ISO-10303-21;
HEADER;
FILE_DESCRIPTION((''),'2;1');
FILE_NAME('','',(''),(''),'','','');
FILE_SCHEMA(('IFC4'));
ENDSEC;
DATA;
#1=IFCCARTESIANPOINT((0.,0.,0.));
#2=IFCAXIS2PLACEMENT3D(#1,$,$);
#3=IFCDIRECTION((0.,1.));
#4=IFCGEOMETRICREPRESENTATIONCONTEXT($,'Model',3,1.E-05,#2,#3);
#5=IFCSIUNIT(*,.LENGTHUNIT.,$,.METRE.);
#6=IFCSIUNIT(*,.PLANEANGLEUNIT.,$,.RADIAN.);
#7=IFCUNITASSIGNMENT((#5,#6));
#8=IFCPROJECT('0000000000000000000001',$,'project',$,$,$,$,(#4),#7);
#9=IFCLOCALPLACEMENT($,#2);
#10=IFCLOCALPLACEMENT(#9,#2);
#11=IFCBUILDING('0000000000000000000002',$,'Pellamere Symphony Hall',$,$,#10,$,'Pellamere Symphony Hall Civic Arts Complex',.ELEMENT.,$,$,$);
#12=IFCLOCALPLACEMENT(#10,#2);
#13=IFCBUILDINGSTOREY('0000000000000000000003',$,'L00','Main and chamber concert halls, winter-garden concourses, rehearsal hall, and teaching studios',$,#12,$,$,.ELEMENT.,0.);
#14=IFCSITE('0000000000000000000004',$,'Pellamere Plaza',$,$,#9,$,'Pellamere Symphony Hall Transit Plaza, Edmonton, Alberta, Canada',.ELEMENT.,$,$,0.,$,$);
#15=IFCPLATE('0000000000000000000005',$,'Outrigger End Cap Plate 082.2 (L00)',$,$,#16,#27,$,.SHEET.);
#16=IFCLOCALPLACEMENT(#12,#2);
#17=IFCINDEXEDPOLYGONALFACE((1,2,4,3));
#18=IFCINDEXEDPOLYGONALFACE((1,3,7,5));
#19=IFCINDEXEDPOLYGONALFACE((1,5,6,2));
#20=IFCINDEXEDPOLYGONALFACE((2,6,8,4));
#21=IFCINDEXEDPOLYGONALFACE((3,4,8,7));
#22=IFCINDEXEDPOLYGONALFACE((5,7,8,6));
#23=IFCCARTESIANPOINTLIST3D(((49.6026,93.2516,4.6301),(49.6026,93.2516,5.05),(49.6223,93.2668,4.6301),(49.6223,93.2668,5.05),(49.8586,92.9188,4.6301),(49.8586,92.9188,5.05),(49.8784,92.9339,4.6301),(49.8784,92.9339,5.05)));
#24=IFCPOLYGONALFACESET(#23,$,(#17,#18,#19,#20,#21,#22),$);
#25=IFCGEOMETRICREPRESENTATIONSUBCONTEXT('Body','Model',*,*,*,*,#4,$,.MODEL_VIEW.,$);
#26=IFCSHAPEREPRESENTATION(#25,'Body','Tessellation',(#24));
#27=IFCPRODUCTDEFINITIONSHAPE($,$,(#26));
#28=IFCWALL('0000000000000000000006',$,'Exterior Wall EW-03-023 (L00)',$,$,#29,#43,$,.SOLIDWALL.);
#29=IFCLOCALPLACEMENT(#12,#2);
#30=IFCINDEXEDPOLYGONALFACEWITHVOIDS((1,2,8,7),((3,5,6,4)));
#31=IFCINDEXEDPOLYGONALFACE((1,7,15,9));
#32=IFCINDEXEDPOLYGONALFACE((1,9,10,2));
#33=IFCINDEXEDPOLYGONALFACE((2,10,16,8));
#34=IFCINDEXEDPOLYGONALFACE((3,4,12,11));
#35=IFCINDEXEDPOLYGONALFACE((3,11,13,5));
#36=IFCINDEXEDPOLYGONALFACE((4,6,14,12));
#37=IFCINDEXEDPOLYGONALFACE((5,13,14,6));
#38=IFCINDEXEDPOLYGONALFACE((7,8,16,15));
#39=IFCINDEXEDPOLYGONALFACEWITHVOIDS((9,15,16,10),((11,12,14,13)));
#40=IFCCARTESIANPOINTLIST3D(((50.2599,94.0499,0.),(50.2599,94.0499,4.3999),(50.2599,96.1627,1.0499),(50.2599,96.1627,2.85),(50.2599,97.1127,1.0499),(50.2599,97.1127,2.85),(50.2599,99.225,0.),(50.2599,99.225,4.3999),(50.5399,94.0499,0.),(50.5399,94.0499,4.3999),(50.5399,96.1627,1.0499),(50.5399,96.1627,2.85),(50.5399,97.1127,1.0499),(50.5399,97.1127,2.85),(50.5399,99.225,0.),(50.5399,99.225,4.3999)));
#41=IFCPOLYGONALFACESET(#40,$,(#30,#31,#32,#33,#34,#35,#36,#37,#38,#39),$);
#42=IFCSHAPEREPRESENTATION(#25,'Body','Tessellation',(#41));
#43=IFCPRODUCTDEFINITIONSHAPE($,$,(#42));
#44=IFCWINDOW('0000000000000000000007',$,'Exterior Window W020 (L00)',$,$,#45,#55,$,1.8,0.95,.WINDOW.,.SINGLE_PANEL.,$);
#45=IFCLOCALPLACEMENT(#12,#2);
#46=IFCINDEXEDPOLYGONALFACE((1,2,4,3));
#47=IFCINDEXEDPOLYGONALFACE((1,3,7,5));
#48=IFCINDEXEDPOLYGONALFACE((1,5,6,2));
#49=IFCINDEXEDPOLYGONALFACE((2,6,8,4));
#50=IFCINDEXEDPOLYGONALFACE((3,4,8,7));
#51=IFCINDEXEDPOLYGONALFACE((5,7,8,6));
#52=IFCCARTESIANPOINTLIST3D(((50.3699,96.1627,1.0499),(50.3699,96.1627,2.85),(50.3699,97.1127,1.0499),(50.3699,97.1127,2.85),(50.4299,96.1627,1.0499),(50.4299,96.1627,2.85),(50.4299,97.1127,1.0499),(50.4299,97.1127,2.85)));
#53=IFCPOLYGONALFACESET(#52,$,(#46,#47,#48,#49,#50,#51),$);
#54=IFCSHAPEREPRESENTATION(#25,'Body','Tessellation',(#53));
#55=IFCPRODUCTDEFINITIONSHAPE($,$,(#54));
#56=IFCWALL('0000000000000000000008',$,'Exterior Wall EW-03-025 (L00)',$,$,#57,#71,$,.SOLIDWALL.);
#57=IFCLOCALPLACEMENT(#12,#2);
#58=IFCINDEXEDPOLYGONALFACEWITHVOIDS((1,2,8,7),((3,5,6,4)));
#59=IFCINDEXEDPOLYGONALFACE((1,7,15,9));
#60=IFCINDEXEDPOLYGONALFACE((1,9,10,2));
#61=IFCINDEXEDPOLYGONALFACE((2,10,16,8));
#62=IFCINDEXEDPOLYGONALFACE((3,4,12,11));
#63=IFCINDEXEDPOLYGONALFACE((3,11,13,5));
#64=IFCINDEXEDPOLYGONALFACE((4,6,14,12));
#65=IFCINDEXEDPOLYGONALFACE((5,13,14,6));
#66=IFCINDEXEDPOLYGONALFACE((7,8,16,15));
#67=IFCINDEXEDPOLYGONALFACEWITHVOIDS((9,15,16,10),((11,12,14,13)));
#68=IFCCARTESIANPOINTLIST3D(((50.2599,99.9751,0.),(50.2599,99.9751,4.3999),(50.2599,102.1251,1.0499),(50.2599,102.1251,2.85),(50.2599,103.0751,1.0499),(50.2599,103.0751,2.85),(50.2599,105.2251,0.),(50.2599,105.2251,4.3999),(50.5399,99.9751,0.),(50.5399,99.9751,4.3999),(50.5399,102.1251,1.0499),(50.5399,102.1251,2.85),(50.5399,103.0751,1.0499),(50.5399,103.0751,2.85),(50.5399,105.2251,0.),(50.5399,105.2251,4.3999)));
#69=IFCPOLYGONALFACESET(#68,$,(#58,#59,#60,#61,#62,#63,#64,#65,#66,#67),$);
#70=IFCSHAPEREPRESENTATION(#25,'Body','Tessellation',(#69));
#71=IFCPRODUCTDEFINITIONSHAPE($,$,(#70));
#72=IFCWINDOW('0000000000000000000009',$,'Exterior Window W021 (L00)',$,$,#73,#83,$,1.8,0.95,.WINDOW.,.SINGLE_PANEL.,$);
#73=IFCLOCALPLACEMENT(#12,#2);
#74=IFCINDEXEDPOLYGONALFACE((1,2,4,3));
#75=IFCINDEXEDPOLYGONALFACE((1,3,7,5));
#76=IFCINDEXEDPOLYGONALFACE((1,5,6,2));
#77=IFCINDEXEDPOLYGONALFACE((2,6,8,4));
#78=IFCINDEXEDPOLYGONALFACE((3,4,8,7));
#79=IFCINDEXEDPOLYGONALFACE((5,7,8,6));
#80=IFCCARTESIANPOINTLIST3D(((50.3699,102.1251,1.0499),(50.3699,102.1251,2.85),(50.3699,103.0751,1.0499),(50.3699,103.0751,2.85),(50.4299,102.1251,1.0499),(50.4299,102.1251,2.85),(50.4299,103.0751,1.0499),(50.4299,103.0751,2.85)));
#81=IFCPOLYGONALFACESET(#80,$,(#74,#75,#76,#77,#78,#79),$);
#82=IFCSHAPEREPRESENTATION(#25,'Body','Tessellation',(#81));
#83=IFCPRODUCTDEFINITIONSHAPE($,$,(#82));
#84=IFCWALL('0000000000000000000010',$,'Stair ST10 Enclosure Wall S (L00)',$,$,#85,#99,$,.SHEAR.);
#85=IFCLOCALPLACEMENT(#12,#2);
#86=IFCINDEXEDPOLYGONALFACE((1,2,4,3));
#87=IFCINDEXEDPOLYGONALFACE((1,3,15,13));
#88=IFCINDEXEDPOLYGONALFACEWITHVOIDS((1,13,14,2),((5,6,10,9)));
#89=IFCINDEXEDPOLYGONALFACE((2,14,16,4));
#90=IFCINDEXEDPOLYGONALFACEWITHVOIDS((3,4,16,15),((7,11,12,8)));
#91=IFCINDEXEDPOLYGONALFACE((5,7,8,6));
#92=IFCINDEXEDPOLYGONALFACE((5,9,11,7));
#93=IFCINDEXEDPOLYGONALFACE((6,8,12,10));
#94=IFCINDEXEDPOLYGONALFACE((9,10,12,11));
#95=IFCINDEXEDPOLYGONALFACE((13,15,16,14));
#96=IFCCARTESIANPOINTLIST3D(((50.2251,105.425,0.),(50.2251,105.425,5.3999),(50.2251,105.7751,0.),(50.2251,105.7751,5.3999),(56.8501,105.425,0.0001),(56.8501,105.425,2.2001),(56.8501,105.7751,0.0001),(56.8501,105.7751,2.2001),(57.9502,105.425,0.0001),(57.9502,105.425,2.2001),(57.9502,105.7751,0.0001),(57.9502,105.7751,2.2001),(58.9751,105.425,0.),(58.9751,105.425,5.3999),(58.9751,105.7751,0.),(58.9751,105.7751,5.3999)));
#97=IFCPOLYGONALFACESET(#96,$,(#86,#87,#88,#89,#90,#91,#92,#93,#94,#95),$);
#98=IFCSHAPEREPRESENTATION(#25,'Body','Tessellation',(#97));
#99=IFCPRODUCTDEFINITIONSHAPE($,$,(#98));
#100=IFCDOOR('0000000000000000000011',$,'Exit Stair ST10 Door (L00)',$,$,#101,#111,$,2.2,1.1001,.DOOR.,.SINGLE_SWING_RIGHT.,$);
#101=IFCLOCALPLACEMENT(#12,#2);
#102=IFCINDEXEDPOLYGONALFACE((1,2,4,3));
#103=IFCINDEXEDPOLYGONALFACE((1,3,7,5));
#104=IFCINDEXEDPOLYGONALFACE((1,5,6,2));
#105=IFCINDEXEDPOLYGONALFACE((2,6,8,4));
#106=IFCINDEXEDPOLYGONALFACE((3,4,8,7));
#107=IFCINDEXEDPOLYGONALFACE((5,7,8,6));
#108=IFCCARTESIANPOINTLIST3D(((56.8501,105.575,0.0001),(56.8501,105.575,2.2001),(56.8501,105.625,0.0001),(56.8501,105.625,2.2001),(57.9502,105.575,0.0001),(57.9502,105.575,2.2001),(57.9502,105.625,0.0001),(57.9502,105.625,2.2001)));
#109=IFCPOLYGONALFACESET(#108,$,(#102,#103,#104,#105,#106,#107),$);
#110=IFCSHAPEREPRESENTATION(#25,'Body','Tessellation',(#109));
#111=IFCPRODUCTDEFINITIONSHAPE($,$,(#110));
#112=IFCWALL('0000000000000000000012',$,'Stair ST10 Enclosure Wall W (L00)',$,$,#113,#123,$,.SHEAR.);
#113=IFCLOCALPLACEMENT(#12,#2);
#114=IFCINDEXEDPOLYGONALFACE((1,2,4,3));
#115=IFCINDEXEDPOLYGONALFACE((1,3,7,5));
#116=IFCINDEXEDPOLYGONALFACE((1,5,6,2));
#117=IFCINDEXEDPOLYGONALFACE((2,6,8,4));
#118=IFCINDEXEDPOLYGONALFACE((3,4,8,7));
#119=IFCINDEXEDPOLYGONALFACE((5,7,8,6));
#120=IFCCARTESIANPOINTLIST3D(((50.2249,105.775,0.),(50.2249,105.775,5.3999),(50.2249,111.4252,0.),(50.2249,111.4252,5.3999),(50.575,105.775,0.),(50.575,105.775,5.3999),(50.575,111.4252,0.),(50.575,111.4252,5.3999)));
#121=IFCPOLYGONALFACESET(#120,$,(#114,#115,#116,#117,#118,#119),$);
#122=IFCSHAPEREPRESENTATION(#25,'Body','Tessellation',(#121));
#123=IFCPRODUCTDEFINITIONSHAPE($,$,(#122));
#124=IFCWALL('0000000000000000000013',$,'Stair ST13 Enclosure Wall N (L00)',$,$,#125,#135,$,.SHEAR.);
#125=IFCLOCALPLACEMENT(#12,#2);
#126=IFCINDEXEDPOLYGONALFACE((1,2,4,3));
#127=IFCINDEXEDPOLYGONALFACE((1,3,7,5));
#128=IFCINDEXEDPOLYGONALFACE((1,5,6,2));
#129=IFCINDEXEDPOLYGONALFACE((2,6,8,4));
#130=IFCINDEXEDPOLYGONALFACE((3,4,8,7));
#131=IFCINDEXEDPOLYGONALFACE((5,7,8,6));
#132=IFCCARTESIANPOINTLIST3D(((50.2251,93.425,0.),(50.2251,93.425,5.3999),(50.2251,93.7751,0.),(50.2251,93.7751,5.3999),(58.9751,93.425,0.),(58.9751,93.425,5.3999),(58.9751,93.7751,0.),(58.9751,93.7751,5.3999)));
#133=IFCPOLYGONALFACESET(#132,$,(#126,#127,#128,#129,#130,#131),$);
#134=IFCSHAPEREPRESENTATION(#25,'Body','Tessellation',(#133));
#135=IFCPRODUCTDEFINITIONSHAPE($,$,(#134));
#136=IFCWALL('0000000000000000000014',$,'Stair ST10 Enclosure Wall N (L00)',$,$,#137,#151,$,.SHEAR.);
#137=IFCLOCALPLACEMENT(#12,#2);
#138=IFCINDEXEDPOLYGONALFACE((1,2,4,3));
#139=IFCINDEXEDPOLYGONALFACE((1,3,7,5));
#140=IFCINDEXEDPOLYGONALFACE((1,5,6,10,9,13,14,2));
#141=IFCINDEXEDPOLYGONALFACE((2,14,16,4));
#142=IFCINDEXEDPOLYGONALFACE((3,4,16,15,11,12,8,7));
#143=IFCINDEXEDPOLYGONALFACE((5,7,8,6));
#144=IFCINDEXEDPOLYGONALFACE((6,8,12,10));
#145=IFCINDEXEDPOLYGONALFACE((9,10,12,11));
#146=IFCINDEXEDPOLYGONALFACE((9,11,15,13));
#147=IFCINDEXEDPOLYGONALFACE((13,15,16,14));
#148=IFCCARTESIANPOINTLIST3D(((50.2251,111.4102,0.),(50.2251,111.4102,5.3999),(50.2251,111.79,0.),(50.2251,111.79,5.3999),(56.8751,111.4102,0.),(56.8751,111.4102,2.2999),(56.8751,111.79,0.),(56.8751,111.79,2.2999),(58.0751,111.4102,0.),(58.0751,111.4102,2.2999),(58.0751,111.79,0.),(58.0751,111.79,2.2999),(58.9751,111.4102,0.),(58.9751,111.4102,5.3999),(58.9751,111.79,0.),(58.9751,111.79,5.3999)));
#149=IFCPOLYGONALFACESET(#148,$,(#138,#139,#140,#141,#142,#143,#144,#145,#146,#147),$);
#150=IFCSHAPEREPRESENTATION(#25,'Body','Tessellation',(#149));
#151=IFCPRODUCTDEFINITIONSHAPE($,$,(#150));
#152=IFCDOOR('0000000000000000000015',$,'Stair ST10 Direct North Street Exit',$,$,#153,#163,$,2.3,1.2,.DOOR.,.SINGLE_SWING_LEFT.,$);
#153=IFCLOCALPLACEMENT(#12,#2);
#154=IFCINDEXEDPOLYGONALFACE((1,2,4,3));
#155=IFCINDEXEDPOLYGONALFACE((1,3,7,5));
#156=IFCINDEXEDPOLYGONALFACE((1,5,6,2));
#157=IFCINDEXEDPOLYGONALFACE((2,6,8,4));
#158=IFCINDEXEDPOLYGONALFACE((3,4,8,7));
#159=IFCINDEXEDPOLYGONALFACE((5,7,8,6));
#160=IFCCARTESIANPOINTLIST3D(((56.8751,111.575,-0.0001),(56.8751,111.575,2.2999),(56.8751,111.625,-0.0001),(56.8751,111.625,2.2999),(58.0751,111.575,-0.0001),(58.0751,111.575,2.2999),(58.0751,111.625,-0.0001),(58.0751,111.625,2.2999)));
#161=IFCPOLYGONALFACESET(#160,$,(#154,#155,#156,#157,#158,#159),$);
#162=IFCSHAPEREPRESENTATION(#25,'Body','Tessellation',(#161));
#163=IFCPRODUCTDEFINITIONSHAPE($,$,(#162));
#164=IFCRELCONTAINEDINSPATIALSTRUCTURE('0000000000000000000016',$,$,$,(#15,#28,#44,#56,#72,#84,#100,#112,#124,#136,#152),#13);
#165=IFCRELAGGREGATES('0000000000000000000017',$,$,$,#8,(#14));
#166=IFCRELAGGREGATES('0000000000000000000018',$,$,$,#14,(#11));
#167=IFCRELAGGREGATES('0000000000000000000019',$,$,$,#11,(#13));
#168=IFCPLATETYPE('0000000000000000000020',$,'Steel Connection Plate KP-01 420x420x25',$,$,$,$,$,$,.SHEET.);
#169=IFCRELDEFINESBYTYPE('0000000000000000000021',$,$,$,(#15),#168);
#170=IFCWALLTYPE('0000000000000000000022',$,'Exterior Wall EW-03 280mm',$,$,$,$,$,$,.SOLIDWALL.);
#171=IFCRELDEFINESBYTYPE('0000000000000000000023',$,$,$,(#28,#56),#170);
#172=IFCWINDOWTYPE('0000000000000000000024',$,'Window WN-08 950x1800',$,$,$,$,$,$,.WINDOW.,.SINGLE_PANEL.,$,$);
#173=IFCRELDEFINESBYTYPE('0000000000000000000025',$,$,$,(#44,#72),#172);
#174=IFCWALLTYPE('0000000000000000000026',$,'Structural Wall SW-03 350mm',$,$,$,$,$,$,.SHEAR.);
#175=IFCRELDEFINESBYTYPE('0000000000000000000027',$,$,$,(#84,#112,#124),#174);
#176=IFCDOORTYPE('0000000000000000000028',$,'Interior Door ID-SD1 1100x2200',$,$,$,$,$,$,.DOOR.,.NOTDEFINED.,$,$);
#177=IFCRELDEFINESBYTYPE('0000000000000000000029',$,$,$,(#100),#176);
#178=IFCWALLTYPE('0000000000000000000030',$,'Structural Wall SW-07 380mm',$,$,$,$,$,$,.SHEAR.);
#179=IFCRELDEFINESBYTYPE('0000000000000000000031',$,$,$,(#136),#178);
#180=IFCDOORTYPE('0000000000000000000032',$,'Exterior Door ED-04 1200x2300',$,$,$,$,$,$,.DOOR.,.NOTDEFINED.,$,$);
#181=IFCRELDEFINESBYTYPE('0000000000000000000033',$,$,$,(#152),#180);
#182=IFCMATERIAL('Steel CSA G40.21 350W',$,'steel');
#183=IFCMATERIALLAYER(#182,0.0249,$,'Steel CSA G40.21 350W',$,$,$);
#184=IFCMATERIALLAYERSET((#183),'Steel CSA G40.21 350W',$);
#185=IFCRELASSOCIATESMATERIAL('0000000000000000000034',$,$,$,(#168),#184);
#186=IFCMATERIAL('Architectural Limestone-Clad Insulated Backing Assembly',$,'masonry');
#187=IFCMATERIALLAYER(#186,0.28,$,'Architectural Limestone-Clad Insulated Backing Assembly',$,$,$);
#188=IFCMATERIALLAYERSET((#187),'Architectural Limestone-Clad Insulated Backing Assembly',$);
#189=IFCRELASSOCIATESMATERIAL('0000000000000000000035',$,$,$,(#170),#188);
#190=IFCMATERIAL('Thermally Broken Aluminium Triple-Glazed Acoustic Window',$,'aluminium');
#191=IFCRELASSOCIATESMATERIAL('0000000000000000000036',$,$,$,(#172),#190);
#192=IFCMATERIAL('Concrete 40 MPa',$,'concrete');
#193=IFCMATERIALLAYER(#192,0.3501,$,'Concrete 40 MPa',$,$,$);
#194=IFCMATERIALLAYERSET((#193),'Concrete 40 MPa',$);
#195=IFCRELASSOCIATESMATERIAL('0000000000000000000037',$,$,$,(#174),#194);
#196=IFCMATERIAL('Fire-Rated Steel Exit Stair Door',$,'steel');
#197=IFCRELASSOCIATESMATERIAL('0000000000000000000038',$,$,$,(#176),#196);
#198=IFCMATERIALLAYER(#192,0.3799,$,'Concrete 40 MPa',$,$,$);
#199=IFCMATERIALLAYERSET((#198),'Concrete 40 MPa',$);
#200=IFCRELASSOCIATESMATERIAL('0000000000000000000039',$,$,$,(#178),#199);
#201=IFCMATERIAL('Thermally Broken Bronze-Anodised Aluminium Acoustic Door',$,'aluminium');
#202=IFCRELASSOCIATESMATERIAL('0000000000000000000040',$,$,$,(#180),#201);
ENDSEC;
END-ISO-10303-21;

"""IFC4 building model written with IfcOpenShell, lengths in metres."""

from ifc_helpers import new_model, si_unit, direction, frame, frame_2d, origin, origin_2d, place, context, subcontext, project, spatial, rectangle, extrude, material, layer, layer_set, type_object, element, fill, save


model = new_model("IFC4")

# Units and contexts
model_context = context("Model", 3, precision=1e-05, world=origin(), true_north=direction((0.0, 1.0)))
body_context = subcontext(model_context, "Body", "Model", "MODEL_VIEW")
ifc_project = project(units=[si_unit("LENGTHUNIT", "METRE"), si_unit("PLANEANGLEUNIT", "RADIAN")], contexts=[model_context])

# Site, building, storey
site_placement = place(None, origin())
site = spatial("IfcSite", under=ifc_project, at=site_placement, Name="Pellamere Plaza", LongName="Pellamere Symphony Hall Transit Plaza, Edmonton, Alberta, Canada", CompositionType="ELEMENT", RefElevation=0.0)
building_placement = place(site_placement, origin())
building = spatial("IfcBuilding", under=site, at=building_placement, Name="Pellamere Symphony Hall", LongName="Pellamere Symphony Hall Civic Arts Complex", CompositionType="ELEMENT")
storey_placement = place(building_placement, origin())
storey = spatial("IfcBuildingStorey", under=building, at=storey_placement, Name="L00", Description="Main and chamber concert halls, winter-garden concourses, rehearsal hall, and teaching studios", CompositionType="ELEMENT", Elevation=0.0)

# Shared definitions
ifc_material_1 = material(Name="Concrete 40 MPa", Category="concrete")

# Shared definitions
ifc_material_2 = material(Name="Steel CSA G40.21 350W", Category="steel")

# Plate
ifc_layer_1 = layer(ifc_material_2, 0.0249, Name="Steel CSA G40.21 350W")
ifc_layer_set_1 = layer_set([ifc_layer_1], Name="Steel CSA G40.21 350W")
plate_type = type_object("IfcPlateType", Name="Steel Connection Plate KP-01 420x420x25", PredefinedType="SHEET", material=ifc_layer_set_1)
for number, where, z_axis, x_axis, name in (
    (1, (49.7405, 93.0928, 4.6301), (0.0, 0.0, 1.0), (-0.792609, -0.60973, 0.0), "Outrigger End Cap Plate 082.2 (L00)"),
):
    element("IfcPlate", number, at=place(storey_placement, frame(where, z_axis=z_axis, x_axis=x_axis)), inside=storey, type_object=plate_type, Name=name, PredefinedType="SHEET", context=body_context, shape_type="SweptSolid", body=[
        extrude(rectangle(XDim=0.0249, YDim=0.4199, at=origin_2d()), origin(), (0.0, 0.0, 1.0), 0.4199),
    ])

# Walls, openings, windows
ifc_material_3 = material(Name="Architectural Limestone-Clad Insulated Backing Assembly", Category="masonry")
ifc_layer_2 = layer(ifc_material_3, 0.28, Name="Architectural Limestone-Clad Insulated Backing Assembly")
ifc_layer_set_2 = layer_set([ifc_layer_2], Name="Architectural Limestone-Clad Insulated Backing Assembly")
wall_type_1 = type_object("IfcWallType", Name="Exterior Wall EW-03 280mm", PredefinedType="SOLIDWALL", material=ifc_layer_set_2)
wall_1_placement = place(storey_placement, frame((50.3999, 94.05, 0.0), z_axis=(0.0, 0.0, 1.0), x_axis=(0.0, 1.0, 0.0)))
wall_1 = element("IfcWall", 2, at=wall_1_placement, inside=storey, type_object=wall_type_1, Name="Exterior Wall EW-03-023 (L00)", PredefinedType="SOLIDWALL", context=body_context, shape_type="SweptSolid", body=[
    extrude(rectangle(XDim=5.175, YDim=0.28, at=frame_2d((2.5874, 0.0))), origin(), (0.0, 0.0, 1.0), 4.3999),
])
opening_1_placement = place(wall_1_placement, frame((2.1125, 0.0, 1.05)))
opening_1 = element("IfcOpeningElement", 3, at=opening_1_placement, cuts=wall_1, PredefinedType="OPENING", context=body_context, shape_type="SweptSolid", body=[
    extrude(rectangle(XDim=0.95, YDim=1.8, at=frame_2d((0.4751, 0.8999))), frame((0.0, 0.1499, 0.0), z_axis=(0.0, -1.0, 0.0), x_axis=(1.0, 0.0, 0.0)), (0.0, 0.0, 1.0), 0.3),
])
ifc_material_4 = material(Name="Thermally Broken Aluminium Triple-Glazed Acoustic Window", Category="aluminium")
window_type = type_object("IfcWindowType", Name="Window WN-08 950x1800", PartitioningType="SINGLE_PANEL", PredefinedType="WINDOW", material=ifc_material_4)
window_1_placement = place(opening_1_placement, origin())
window_1 = element("IfcWindow", 4, at=window_1_placement, inside=storey, type_object=window_type, Name="Exterior Window W020 (L00)", OverallHeight=1.8, OverallWidth=0.95, PartitioningType="SINGLE_PANEL", PredefinedType="WINDOW", context=body_context, shape_type="SweptSolid", body=[
    extrude(rectangle(XDim=0.95, YDim=1.8, at=frame_2d((0.4751, 0.8999))), frame((0.0, 0.03, 0.0), z_axis=(0.0, -1.0, 0.0), x_axis=(1.0, 0.0, 0.0)), (0.0, 0.0, 1.0), 0.0601),
])
fill(opening_1, window_1)
wall_2_placement = place(storey_placement, frame((50.3999, 99.9751, 0.0), z_axis=(0.0, 0.0, 1.0), x_axis=(0.0, 1.0, 0.0)))
wall_2 = element("IfcWall", 5, at=wall_2_placement, inside=storey, type_object=wall_type_1, Name="Exterior Wall EW-03-025 (L00)", PredefinedType="SOLIDWALL", context=body_context, shape_type="SweptSolid", body=[
    extrude(rectangle(XDim=5.25, YDim=0.28, at=frame_2d((2.625, 0.0))), origin(), (0.0, 0.0, 1.0), 4.3999),
])
opening_2_placement = place(wall_2_placement, frame((2.1499, 0.0, 1.05)))
opening_2 = element("IfcOpeningElement", 6, at=opening_2_placement, cuts=wall_2, PredefinedType="OPENING", context=body_context, shape_type="SweptSolid", body=[
    extrude(rectangle(XDim=0.95, YDim=1.8, at=frame_2d((0.4751, 0.8999))), frame((0.0, 0.1499, 0.0), z_axis=(0.0, -1.0, 0.0), x_axis=(1.0, 0.0, 0.0)), (0.0, 0.0, 1.0), 0.3),
])
window_2_placement = place(opening_2_placement, origin())
window_2 = element("IfcWindow", 7, at=window_2_placement, inside=storey, type_object=window_type, Name="Exterior Window W021 (L00)", OverallHeight=1.8, OverallWidth=0.95, PartitioningType="SINGLE_PANEL", PredefinedType="WINDOW", context=body_context, shape_type="SweptSolid", body=[
    extrude(rectangle(XDim=0.95, YDim=1.8, at=frame_2d((0.4751, 0.8999))), frame((0.0, 0.03, 0.0), z_axis=(0.0, -1.0, 0.0), x_axis=(1.0, 0.0, 0.0)), (0.0, 0.0, 1.0), 0.0601),
])
fill(opening_2, window_2)

# Wall, opening, door
ifc_layer_3 = layer(ifc_material_1, 0.3501, Name="Concrete 40 MPa")
ifc_layer_set_3 = layer_set([ifc_layer_3], Name="Concrete 40 MPa")
wall_type_2 = type_object("IfcWallType", Name="Structural Wall SW-03 350mm", PredefinedType="SHEAR", material=ifc_layer_set_3)
wall_3_placement = place(storey_placement, frame((50.2251, 105.6001, 0.0), z_axis=(0.0, 0.0, 1.0), x_axis=(1.0, 0.0, 0.0)))
wall_3 = element("IfcWall", 8, at=wall_3_placement, inside=storey, type_object=wall_type_2, Name="Stair ST10 Enclosure Wall S (L00)", PredefinedType="SHEAR", context=body_context, shape_type="SweptSolid", body=[
    extrude(rectangle(XDim=8.75, YDim=0.3501, at=frame_2d((4.375, 0.0))), origin(), (0.0, 0.0, 1.0), 5.3999),
])
opening_3_placement = place(wall_3_placement, frame((6.625, 0.0, 0.0)))
opening_3 = element("IfcOpeningElement", 9, at=opening_3_placement, cuts=wall_3, PredefinedType="OPENING", context=body_context, shape_type="SweptSolid", body=[
    extrude(rectangle(XDim=1.1001, YDim=2.2, at=frame_2d((0.55, 1.1001))), frame((0.0, 0.1851, 0.0), z_axis=(0.0, -1.0, 0.0), x_axis=(1.0, 0.0, 0.0)), (0.0, 0.0, 1.0), 0.3701),
])
ifc_material_5 = material(Name="Fire-Rated Steel Exit Stair Door", Category="steel")
door_type_1 = type_object("IfcDoorType", Name="Interior Door ID-SD1 1100x2200", OperationType="NOTDEFINED", PredefinedType="DOOR", material=ifc_material_5)
door_1_placement = place(opening_3_placement, origin())
door_1 = element("IfcDoor", 10, at=door_1_placement, inside=storey, type_object=door_type_1, Name="Exit Stair ST10 Door (L00)", OperationType="SINGLE_SWING_RIGHT", OverallHeight=2.2, OverallWidth=1.1001, PredefinedType="DOOR", context=body_context, shape_type="SweptSolid", body=[
    extrude(rectangle(XDim=1.1001, YDim=2.2, at=frame_2d((0.55, 1.1001))), frame((0.0, 0.0249, 0.0), z_axis=(0.0, -1.0, 0.0), x_axis=(1.0, 0.0, 0.0)), (0.0, 0.0, 1.0), 0.05),
])
fill(opening_3, door_1)

# Walls
wall_4_placement = place(storey_placement, frame((50.3999, 105.7749, 0.0), z_axis=(0.0, 0.0, 1.0), x_axis=(0.0, 1.0, 0.0)))
element("IfcWall", 11, at=wall_4_placement, inside=storey, type_object=wall_type_2, Name="Stair ST10 Enclosure Wall W (L00)", PredefinedType="SHEAR", context=body_context, shape_type="SweptSolid", body=[
    extrude(rectangle(XDim=5.6501, YDim=0.3501, at=frame_2d((2.8252, 0.0))), origin(), (0.0, 0.0, 1.0), 5.3999),
])
wall_5_placement = place(storey_placement, frame((50.2251, 93.6001, 0.0), z_axis=(0.0, 0.0, 1.0), x_axis=(1.0, 0.0, 0.0)))
element("IfcWall", 12, at=wall_5_placement, inside=storey, type_object=wall_type_2, Name="Stair ST13 Enclosure Wall N (L00)", PredefinedType="SHEAR", context=body_context, shape_type="SweptSolid", body=[
    extrude(rectangle(XDim=8.75, YDim=0.3501, at=frame_2d((4.375, 0.0))), origin(), (0.0, 0.0, 1.0), 5.3999),
])

# Wall, opening, door
ifc_layer_4 = layer(ifc_material_1, 0.3799, Name="Concrete 40 MPa")
ifc_layer_set_4 = layer_set([ifc_layer_4], Name="Concrete 40 MPa")
wall_type_3 = type_object("IfcWallType", Name="Structural Wall SW-07 380mm", PredefinedType="SHEAR", material=ifc_layer_set_4)
wall_6_placement = place(storey_placement, frame((50.2251, 111.6001, 0.0), z_axis=(0.0, 0.0, 1.0), x_axis=(1.0, 0.0, 0.0)))
wall_6 = element("IfcWall", 13, at=wall_6_placement, inside=storey, type_object=wall_type_3, Name="Stair ST10 Enclosure Wall N (L00)", PredefinedType="SHEAR", context=body_context, shape_type="SweptSolid", body=[
    extrude(rectangle(XDim=8.75, YDim=0.3799, at=frame_2d((4.375, 0.0))), origin(), (0.0, 0.0, 1.0), 5.3999),
])
opening_4_placement = place(wall_6_placement, frame((6.6499, 0.0, 0.0)))
opening_4 = element("IfcOpeningElement", 14, at=opening_4_placement, cuts=wall_6, PredefinedType="OPENING", context=body_context, shape_type="SweptSolid", body=[
    extrude(rectangle(XDim=1.2, YDim=2.3, at=frame_2d((0.6001, 1.1499))), frame((0.0, 0.2, 0.0), z_axis=(0.0, -1.0, 0.0), x_axis=(1.0, 0.0, 0.0)), (0.0, 0.0, 1.0), 0.3999),
])
ifc_material_6 = material(Name="Thermally Broken Bronze-Anodised Aluminium Acoustic Door", Category="aluminium")
door_type_2 = type_object("IfcDoorType", Name="Exterior Door ED-04 1200x2300", OperationType="NOTDEFINED", PredefinedType="DOOR", material=ifc_material_6)
door_2_placement = place(opening_4_placement, origin())
door_2 = element("IfcDoor", 15, at=door_2_placement, inside=storey, type_object=door_type_2, Name="Stair ST10 Direct North Street Exit", OperationType="SINGLE_SWING_LEFT", OverallHeight=2.3, OverallWidth=1.2, PredefinedType="DOOR", context=body_context, shape_type="SweptSolid", body=[
    extrude(rectangle(XDim=1.2, YDim=2.3, at=frame_2d((0.6001, 1.1499))), frame((0.0, 0.0249, 0.0), z_axis=(0.0, -1.0, 0.0), x_axis=(1.0, 0.0, 0.0)), (0.0, 0.0, 1.0), 0.05),
])
fill(opening_4, door_2)

save(model, "model.ifc")
